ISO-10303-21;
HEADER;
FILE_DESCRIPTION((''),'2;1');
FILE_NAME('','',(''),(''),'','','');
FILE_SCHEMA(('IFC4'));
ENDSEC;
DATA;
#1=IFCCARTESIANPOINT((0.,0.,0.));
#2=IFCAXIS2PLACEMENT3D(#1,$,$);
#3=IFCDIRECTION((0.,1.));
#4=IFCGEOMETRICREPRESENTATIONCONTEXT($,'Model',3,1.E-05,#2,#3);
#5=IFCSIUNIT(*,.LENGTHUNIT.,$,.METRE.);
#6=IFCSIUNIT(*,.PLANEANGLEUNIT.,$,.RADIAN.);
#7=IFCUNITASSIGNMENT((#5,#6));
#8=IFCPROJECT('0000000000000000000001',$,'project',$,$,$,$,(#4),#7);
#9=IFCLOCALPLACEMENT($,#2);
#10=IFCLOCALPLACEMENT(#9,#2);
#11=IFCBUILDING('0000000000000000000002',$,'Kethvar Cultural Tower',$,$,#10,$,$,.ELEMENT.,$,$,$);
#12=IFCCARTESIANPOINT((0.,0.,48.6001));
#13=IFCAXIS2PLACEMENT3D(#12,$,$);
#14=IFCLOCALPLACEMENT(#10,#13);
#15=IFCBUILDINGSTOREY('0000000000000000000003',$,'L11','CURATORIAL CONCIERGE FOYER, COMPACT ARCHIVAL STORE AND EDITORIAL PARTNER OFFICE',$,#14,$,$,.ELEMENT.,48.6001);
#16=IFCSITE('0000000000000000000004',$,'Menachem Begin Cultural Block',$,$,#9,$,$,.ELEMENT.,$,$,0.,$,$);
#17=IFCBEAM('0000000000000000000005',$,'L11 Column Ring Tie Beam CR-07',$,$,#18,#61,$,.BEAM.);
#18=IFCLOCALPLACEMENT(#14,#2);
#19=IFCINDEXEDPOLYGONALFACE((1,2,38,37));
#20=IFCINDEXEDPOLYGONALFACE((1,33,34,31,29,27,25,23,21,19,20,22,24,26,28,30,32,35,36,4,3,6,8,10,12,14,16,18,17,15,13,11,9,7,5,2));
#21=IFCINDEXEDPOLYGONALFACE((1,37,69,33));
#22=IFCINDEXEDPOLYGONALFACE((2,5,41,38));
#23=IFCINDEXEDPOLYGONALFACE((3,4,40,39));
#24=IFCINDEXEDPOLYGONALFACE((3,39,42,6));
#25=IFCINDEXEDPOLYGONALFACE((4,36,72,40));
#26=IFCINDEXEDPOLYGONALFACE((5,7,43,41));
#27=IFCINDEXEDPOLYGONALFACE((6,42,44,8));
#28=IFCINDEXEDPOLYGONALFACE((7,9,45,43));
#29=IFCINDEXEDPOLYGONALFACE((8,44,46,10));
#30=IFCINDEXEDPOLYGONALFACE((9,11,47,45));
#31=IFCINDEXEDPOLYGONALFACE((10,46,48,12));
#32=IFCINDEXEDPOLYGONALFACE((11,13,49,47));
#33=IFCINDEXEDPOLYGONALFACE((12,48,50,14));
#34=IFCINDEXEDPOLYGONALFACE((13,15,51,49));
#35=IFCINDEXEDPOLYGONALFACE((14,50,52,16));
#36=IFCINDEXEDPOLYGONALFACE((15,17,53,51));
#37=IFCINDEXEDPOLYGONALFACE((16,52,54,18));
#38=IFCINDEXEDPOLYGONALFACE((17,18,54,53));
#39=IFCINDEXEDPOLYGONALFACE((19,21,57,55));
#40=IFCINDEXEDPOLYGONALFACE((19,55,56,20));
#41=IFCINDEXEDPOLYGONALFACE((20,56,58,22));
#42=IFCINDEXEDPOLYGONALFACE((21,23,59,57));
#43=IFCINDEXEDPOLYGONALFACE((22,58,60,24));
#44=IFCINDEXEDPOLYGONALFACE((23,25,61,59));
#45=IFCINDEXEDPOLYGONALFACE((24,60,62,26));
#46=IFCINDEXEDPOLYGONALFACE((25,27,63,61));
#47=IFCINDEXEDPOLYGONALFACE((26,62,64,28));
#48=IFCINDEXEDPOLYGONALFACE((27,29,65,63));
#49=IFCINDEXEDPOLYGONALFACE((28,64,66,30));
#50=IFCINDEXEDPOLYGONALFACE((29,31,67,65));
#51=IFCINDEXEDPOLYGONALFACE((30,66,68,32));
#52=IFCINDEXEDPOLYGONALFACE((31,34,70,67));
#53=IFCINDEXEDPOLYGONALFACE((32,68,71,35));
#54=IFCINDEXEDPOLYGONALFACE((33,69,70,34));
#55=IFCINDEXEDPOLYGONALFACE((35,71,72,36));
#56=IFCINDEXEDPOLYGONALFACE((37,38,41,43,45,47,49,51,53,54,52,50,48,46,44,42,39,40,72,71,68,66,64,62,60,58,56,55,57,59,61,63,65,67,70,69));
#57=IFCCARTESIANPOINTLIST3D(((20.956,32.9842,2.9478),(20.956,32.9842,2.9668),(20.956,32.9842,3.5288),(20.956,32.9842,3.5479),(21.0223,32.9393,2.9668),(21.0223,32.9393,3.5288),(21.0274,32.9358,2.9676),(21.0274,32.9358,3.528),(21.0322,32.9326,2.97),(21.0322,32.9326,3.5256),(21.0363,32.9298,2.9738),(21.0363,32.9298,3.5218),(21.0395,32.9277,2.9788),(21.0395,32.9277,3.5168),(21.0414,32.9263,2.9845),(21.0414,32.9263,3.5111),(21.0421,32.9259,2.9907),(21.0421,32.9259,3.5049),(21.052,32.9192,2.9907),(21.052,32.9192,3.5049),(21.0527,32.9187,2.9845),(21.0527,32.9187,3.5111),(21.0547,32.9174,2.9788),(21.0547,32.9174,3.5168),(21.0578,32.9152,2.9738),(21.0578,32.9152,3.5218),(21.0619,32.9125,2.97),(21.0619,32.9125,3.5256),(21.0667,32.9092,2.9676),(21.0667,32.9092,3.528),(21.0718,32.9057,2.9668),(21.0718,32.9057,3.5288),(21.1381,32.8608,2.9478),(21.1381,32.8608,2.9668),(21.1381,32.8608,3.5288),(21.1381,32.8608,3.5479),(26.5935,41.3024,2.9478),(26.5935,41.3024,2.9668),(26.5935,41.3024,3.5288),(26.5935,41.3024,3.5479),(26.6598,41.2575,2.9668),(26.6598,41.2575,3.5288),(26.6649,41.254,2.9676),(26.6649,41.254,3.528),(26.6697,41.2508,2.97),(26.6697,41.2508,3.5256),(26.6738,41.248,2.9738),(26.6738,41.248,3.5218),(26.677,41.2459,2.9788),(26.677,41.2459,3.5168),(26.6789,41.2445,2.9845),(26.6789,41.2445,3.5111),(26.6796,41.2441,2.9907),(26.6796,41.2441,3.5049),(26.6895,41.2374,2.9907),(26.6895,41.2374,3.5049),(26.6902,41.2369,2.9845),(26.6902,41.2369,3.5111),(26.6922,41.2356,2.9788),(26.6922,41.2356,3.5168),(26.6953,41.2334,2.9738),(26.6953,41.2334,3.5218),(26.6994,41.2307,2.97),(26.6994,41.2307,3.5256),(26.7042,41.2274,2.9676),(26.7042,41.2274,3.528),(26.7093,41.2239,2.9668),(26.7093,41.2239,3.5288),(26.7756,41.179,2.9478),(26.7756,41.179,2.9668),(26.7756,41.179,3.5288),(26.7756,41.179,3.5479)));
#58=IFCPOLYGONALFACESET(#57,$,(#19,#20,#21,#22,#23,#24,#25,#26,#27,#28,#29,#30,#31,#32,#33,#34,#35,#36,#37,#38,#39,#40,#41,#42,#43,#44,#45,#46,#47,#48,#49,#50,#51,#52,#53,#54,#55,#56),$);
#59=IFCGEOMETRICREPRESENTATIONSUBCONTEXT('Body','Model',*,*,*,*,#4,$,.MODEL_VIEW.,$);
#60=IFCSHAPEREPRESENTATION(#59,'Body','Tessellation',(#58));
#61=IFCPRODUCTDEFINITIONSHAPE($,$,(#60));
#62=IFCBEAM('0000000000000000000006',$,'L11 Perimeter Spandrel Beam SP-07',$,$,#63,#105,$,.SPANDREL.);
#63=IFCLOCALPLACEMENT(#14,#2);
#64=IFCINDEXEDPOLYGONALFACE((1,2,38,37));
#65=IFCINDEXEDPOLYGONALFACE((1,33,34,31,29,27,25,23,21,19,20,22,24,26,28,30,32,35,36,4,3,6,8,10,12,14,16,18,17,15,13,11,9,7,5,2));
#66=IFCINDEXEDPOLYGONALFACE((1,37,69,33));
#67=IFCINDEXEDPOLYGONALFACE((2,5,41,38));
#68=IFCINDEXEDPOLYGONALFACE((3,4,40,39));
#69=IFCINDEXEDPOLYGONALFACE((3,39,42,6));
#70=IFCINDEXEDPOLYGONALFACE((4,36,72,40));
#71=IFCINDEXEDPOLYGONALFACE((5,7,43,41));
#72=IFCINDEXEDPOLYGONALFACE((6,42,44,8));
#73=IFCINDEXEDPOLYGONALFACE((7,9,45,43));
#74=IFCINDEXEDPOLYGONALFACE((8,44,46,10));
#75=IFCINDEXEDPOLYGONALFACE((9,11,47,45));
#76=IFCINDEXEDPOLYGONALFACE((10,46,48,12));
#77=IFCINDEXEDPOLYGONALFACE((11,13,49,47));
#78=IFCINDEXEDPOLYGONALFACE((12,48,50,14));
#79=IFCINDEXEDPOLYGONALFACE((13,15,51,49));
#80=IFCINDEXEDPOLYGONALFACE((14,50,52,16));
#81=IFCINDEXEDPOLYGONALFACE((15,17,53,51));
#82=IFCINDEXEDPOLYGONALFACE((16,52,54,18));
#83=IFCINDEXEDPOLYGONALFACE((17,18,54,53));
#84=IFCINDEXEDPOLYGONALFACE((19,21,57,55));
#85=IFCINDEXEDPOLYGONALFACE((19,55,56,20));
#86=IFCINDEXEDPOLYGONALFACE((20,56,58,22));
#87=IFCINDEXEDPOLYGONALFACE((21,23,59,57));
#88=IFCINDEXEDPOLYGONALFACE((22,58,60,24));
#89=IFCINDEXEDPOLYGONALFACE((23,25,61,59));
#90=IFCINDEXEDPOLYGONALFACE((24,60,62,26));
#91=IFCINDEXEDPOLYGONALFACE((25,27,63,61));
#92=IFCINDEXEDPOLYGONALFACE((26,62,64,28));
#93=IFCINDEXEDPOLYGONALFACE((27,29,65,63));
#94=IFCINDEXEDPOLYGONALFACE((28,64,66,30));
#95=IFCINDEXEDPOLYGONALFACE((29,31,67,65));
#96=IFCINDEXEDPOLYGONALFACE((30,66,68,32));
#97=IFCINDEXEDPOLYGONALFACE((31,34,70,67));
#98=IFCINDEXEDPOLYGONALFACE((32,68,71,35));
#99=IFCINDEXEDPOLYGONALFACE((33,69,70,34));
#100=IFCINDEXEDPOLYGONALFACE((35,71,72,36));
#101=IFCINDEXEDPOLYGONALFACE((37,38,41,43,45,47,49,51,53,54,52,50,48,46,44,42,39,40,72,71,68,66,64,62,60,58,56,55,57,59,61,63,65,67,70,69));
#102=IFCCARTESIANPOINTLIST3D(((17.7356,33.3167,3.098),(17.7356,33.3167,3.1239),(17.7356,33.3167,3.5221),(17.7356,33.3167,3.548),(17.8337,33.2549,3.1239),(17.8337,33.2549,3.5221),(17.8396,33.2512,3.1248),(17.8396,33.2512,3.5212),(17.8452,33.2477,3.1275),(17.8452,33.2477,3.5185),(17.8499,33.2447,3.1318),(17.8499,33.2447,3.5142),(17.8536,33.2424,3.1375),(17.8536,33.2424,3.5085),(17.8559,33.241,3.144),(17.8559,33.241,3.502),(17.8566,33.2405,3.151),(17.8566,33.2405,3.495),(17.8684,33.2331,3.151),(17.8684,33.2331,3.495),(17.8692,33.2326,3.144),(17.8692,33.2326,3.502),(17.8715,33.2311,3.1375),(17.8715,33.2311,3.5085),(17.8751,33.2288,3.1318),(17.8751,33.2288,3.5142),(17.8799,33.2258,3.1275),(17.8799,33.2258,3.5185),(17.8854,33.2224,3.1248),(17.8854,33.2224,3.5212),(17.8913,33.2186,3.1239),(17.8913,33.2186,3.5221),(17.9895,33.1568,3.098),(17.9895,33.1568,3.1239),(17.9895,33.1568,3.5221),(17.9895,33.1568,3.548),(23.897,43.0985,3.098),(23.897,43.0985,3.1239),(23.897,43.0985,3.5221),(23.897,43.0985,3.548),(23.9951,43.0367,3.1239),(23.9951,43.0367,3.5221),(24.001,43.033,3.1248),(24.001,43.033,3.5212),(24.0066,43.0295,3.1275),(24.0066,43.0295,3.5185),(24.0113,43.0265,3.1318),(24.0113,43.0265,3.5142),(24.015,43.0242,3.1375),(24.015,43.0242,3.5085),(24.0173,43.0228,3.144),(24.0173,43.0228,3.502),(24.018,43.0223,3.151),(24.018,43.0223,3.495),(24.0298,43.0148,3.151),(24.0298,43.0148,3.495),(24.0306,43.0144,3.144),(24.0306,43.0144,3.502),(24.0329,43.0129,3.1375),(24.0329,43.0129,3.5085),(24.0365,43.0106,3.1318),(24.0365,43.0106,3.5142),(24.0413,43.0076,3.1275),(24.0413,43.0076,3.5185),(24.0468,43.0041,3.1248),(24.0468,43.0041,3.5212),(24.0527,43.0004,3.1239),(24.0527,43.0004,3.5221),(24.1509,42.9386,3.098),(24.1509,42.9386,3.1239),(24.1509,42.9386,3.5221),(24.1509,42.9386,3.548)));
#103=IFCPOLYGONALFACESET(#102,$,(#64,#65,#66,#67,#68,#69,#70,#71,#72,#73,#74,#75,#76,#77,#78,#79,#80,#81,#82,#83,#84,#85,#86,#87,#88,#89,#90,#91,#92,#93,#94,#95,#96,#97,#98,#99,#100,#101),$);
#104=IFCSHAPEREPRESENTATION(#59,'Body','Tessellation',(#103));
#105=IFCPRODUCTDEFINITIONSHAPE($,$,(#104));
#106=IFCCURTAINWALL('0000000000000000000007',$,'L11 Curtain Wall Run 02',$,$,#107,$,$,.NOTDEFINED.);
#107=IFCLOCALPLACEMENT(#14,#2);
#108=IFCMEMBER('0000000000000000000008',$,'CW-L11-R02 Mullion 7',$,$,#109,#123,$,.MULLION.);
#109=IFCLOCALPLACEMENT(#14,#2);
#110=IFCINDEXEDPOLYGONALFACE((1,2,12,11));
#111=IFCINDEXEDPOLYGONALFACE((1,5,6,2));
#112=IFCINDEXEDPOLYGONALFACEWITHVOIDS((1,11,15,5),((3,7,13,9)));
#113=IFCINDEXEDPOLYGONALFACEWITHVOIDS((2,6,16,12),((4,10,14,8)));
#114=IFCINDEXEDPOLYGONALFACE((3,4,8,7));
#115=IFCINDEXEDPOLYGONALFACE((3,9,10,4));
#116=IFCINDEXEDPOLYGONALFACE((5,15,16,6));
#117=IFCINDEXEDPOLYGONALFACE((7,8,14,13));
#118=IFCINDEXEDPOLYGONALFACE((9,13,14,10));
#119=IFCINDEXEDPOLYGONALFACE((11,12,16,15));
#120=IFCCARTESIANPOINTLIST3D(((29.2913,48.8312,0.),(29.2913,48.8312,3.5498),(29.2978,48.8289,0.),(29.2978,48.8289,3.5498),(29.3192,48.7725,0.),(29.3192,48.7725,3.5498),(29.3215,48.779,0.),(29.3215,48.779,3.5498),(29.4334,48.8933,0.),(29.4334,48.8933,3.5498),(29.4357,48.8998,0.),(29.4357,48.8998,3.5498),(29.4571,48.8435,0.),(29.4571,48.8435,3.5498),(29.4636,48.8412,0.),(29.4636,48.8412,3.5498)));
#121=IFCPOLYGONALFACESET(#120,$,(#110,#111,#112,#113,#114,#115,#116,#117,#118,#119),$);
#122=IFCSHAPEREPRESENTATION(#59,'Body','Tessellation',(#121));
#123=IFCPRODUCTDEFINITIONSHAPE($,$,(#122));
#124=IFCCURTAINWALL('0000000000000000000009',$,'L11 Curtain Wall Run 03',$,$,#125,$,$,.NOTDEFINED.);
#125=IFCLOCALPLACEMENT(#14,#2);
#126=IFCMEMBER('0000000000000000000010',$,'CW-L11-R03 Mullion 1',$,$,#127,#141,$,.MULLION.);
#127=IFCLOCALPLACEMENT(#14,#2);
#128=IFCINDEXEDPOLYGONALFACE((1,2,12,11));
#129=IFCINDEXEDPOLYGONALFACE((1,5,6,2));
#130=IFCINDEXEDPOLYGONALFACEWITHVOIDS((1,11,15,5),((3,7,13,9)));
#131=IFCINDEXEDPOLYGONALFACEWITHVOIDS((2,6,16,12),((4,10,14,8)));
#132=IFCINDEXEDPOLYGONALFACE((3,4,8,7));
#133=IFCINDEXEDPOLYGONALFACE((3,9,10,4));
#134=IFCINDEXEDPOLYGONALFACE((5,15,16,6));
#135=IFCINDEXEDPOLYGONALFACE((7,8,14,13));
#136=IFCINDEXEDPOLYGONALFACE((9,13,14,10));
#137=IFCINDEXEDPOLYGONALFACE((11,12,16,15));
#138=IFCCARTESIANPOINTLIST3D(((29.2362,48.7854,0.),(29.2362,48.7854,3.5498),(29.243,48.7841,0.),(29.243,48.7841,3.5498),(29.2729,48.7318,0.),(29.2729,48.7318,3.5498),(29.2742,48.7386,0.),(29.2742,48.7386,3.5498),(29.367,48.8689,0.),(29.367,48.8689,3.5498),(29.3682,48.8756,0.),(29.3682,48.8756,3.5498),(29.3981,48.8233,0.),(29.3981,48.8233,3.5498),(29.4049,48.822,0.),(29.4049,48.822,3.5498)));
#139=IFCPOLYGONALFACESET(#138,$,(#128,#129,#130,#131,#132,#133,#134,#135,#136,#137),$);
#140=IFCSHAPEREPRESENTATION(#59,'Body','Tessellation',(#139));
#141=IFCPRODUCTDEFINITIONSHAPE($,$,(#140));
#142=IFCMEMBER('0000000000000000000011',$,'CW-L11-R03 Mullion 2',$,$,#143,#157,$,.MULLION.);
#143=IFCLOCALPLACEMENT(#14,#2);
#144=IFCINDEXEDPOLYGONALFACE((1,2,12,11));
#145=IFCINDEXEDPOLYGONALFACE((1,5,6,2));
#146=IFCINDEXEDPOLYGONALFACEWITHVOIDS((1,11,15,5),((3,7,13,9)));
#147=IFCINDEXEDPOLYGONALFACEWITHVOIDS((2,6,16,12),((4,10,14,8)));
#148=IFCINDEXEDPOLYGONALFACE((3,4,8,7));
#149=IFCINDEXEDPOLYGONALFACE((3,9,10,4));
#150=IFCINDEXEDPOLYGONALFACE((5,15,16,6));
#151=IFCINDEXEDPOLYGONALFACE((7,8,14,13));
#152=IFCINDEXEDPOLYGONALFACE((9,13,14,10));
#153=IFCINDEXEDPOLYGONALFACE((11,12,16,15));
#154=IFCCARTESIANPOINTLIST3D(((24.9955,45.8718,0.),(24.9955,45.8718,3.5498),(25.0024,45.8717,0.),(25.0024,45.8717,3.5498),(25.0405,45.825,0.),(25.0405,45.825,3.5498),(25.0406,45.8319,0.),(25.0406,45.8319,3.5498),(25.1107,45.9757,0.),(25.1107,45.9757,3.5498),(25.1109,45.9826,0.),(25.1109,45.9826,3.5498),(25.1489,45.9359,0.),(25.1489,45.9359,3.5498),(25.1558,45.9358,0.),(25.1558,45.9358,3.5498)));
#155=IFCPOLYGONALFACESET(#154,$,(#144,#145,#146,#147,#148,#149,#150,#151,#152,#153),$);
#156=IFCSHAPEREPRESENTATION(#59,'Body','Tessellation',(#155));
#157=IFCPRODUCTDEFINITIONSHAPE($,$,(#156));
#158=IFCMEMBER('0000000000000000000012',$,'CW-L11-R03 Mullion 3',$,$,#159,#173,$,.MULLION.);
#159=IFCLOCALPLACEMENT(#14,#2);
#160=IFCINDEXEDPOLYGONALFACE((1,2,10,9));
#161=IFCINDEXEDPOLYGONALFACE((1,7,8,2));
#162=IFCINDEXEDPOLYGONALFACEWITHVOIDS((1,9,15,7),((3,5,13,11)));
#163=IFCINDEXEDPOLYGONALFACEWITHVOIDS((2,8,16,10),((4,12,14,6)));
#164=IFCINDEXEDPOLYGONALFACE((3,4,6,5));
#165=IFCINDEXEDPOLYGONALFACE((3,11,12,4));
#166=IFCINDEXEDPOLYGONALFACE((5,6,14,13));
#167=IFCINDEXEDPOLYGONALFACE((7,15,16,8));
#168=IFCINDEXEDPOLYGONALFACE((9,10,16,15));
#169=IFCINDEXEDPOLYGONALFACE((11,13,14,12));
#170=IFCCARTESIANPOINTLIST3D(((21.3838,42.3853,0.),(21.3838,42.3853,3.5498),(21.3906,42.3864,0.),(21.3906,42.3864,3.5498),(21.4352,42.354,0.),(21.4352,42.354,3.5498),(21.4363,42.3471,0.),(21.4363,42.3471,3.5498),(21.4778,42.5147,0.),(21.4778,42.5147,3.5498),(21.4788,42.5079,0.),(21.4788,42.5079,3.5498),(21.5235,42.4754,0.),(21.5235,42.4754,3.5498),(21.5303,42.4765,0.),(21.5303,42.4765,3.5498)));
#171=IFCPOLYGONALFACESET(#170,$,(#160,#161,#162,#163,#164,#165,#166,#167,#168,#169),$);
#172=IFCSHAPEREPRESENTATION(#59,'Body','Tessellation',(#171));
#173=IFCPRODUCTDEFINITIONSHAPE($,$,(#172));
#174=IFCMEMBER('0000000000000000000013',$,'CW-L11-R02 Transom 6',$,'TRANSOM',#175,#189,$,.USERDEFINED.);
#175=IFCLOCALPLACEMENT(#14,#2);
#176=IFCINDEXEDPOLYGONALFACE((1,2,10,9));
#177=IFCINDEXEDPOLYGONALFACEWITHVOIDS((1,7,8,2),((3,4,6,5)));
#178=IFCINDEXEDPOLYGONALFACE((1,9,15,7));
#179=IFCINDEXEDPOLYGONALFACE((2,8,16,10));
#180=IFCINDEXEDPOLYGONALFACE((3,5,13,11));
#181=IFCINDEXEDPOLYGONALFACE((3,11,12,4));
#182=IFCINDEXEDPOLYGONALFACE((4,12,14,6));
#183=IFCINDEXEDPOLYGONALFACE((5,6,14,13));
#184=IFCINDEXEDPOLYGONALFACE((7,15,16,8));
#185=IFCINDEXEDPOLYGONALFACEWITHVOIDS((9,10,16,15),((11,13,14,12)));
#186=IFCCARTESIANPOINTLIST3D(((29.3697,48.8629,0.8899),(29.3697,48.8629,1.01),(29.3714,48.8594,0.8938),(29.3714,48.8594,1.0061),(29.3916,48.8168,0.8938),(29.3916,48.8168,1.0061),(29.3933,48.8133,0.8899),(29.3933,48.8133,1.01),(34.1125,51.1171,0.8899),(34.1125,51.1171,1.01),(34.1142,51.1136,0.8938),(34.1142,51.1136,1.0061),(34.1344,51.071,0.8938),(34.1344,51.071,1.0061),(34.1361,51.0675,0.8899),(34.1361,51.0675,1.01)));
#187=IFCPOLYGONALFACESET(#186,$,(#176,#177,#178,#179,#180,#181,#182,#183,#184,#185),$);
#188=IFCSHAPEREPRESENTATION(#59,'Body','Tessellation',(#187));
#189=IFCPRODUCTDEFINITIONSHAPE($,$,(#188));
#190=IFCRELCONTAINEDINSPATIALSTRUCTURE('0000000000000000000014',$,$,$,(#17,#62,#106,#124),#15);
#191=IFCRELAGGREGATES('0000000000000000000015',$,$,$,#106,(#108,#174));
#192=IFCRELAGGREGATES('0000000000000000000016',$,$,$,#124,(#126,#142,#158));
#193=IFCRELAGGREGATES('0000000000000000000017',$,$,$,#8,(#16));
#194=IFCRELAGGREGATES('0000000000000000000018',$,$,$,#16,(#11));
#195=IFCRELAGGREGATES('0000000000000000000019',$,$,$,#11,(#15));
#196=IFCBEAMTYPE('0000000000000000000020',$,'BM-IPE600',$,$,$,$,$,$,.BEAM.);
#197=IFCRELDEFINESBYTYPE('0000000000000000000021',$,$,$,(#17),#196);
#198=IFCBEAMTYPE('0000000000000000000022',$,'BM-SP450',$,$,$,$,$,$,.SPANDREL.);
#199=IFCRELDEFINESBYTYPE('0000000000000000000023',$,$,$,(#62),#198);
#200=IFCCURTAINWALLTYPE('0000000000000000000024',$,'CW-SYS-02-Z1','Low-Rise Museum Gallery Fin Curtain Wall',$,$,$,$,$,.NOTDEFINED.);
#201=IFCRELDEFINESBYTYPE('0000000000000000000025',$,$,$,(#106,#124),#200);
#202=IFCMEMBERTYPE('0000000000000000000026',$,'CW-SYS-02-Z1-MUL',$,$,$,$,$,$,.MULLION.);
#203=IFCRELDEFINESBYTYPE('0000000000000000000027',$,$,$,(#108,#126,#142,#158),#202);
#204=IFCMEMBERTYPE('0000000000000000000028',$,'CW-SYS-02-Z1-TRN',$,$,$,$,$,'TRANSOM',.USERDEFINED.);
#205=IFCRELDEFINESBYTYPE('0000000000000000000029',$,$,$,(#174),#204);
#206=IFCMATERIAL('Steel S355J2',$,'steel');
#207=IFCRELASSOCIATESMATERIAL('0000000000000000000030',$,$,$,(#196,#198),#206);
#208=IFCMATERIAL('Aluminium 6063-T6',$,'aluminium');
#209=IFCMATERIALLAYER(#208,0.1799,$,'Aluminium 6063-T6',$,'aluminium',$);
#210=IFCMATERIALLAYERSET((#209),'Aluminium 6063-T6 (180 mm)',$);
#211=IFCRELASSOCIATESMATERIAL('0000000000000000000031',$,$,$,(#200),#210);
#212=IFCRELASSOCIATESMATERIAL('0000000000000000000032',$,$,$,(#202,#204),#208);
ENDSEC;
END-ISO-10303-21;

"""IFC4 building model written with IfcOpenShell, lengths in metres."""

from ifc_helpers import new_model, si_unit, direction, frame, origin, origin_2d, place, context, subcontext, project, spatial, hollow_rectangle, i_section, extrude, source, transform, mapped, material, layer, layer_set, material_profile, profile_set, type_object, element, aggregate, save


model = new_model("IFC4")

# Units and contexts
model_context = context("Model", 3, precision=1e-05, world=origin(), true_north=direction((0.0, 1.0)))
body_context = subcontext(model_context, "Body", "Model", "MODEL_VIEW")
ifc_project = project(units=[si_unit("LENGTHUNIT", "METRE"), si_unit("PLANEANGLEUNIT", "RADIAN")], contexts=[model_context])

# Site, building, storey
site_placement = place(None, origin())
site = spatial("IfcSite", under=ifc_project, at=site_placement, Name="Menachem Begin Cultural Block", CompositionType="ELEMENT", RefElevation=0.0)
building_placement = place(site_placement, origin())
building = spatial("IfcBuilding", under=site, at=building_placement, Name="Kethvar Cultural Tower", CompositionType="ELEMENT")
storey_placement = place(building_placement, frame((0.0, 0.0, 48.6001)))
storey = spatial("IfcBuildingStorey", under=building, at=storey_placement, Name="L11", Description="CURATORIAL CONCIERGE FOYER, COMPACT ARCHIVAL STORE AND EDITORIAL PARTNER OFFICE", CompositionType="ELEMENT", Elevation=48.6001)

# Beams
ifc_material_1 = material(Name="Steel S355J2", Category="steel")
ifc_material_profile_1 = material_profile(ifc_material_1, i_section(OverallWidth=0.22, OverallDepth=0.6001, WebThickness=0.012, FlangeThickness=0.019, FilletRadius=0.0239, at=origin_2d()), Name="Steel S355J2 — IPE600")
ifc_profile_set_1 = profile_set([ifc_material_profile_1], Name="Steel S355J2 — IPE600")
beam_type_1 = type_object("IfcBeamType", Name="BM-IPE600", PredefinedType="BEAM", material=ifc_profile_set_1)
ifc_material_profile_2 = material_profile(ifc_material_1, i_section(OverallWidth=0.3, OverallDepth=0.45, WebThickness=0.0139, FlangeThickness=0.0259, FilletRadius=0.0271, at=origin_2d()), Name="Steel S355J2 — HEB450")
ifc_profile_set_2 = profile_set([ifc_material_profile_2], Name="Steel S355J2 — HEB450")
beam_type_2 = type_object("IfcBeamType", Name="BM-SP450", PredefinedType="SPANDREL", material=ifc_profile_set_2)
shared_shape_1 = source(origin(), body_context, "Body", "SweptSolid", [
    extrude(i_section(OverallWidth=0.22, OverallDepth=0.6001, WebThickness=0.012, FlangeThickness=0.019, FilletRadius=0.0239, at=origin_2d()), origin(), (0.0, 0.0, 1.0), 10.0486),
])
beam_1_placement = place(storey_placement, frame((26.6846, 41.2407, 3.2478), z_axis=(-0.561025, -0.827799, 0.0), x_axis=(0.827799, -0.561025, 0.0)))
element("IfcBeam", 1, at=beam_1_placement, inside=storey, type_object=beam_type_1, Name="L11 Column Ring Tie Beam CR-07", PredefinedType="BEAM", context=body_context, shape_type="MappedRepresentation", body=[
    mapped(shared_shape_1, transform((0.0, 0.0, 0.0), scale=1.0)),
])
shared_shape_2 = source(origin(), body_context, "Body", "SweptSolid", [
    extrude(i_section(OverallWidth=0.3, OverallDepth=0.45, WebThickness=0.0139, FlangeThickness=0.0259, FilletRadius=0.0271, at=origin_2d()), origin(), (0.0, 0.0, 1.0), 11.5605),
])
beam_2_placement = place(storey_placement, frame((24.0239, 43.0186, 3.323), z_axis=(-0.532968, -0.846135, 0.0), x_axis=(0.846135, -0.532968, 0.0)))
element("IfcBeam", 2, at=beam_2_placement, inside=storey, type_object=beam_type_2, Name="L11 Perimeter Spandrel Beam SP-07", PredefinedType="SPANDREL", context=body_context, shape_type="MappedRepresentation", body=[
    mapped(shared_shape_2, transform((0.0, 0.0, 0.0), scale=1.0)),
])

# Curtain wall, member
ifc_material_2 = material(Name="Aluminium 6063-T6", Category="aluminium")
ifc_layer_1 = layer(ifc_material_2, 0.1799, Name="Aluminium 6063-T6", Category="aluminium")
ifc_layer_set_1 = layer_set([ifc_layer_1], Name="Aluminium 6063-T6 (180 mm)")
curtain_wall_type = type_object("IfcCurtainWallType", Name="CW-SYS-02-Z1", Description="Low-Rise Museum Gallery Fin Curtain Wall", PredefinedType="NOTDEFINED", material=ifc_layer_set_1)
curtain_wall_1_placement = place(storey_placement, origin())
curtain_wall_1 = element("IfcCurtainWall", 3, at=curtain_wall_1_placement, inside=storey, type_object=curtain_wall_type, Name="L11 Curtain Wall Run 02", PredefinedType="NOTDEFINED")
ifc_material_profile_3 = material_profile(ifc_material_2, hollow_rectangle(XDim=0.0649, YDim=0.1599, WallThickness=0.0049, at=origin_2d()), Name="Aluminium 6063-T6 — RHS160x65x5")
ifc_profile_set_3 = profile_set([ifc_material_profile_3], Name="Aluminium 6063-T6 — RHS160x65x5")
member_type_1 = type_object("IfcMemberType", Name="CW-SYS-02-Z1-MUL", PredefinedType="MULLION", material=ifc_profile_set_3)
shared_shape_3 = source(origin(), body_context, "Body", "SweptSolid", [
    extrude(hollow_rectangle(XDim=0.0649, YDim=0.1599, WallThickness=0.0049, at=origin_2d()), origin(), (0.0, 0.0, 1.0), 3.5498),
])
member_1_placement = place(storey_placement, frame((29.3774, 48.8362, 0.0), z_axis=(0.0, 0.0, 1.0), x_axis=(0.429266, -0.903178, 0.0)))
member_1 = element("IfcMember", 4, at=member_1_placement, type_object=member_type_1, Name="CW-L11-R02 Mullion 7", PredefinedType="MULLION", context=body_context, shape_type="MappedRepresentation", body=[
    mapped(shared_shape_3, transform((0.0, 0.0, 0.0), scale=1.0)),
])

# Curtain wall, members
curtain_wall_2_placement = place(storey_placement, origin())
curtain_wall_2 = element("IfcCurtainWall", 5, at=curtain_wall_2_placement, inside=storey, type_object=curtain_wall_type, Name="L11 Curtain Wall Run 03", PredefinedType="NOTDEFINED")
member_2_placement = place(storey_placement, frame((29.3206, 48.8037, 0.0), z_axis=(0.0, 0.0, 1.0), x_axis=(0.564348, -0.825537, 0.0)))
member_2 = element("IfcMember", 6, at=member_2_placement, type_object=member_type_1, Name="CW-L11-R03 Mullion 1", PredefinedType="MULLION", context=body_context, shape_type="MappedRepresentation", body=[
    mapped(shared_shape_3, transform((0.0, 0.0, 0.0), scale=1.0)),
])
member_3_placement = place(storey_placement, frame((25.0757, 45.9038, 0.0), z_axis=(0.0, 0.0, 1.0), x_axis=(0.692685, -0.721241, 0.0)))
member_3 = element("IfcMember", 7, at=member_3_placement, type_object=member_type_1, Name="CW-L11-R03 Mullion 2", PredefinedType="MULLION", context=body_context, shape_type="MappedRepresentation", body=[
    mapped(shared_shape_3, transform((0.0, 0.0, 0.0), scale=1.0)),
])
member_4_placement = place(storey_placement, frame((21.457, 42.4309, 0.0), z_axis=(0.0, 0.0, 1.0), x_axis=(0.808996, -0.587813, 0.0)))
member_4 = element("IfcMember", 8, at=member_4_placement, type_object=member_type_1, Name="CW-L11-R03 Mullion 3", PredefinedType="MULLION", context=body_context, shape_type="MappedRepresentation", body=[
    mapped(shared_shape_3, transform((0.0, 0.0, 0.0), scale=1.0)),
])

# Member
ifc_material_profile_4 = material_profile(ifc_material_2, hollow_rectangle(XDim=0.0549, YDim=0.1201, WallThickness=0.0039, at=origin_2d()), Name="Aluminium 6063-T6 — RHS120x55x4")
ifc_profile_set_4 = profile_set([ifc_material_profile_4], Name="Aluminium 6063-T6 — RHS120x55x4")
member_type_2 = type_object("IfcMemberType", Name="CW-SYS-02-Z1-TRN", ElementType="TRANSOM", PredefinedType="USERDEFINED", material=ifc_profile_set_4)
shared_shape_4 = source(origin(), body_context, "Body", "SweptSolid", [
    extrude(hollow_rectangle(XDim=0.0549, YDim=0.1201, WallThickness=0.0039, at=origin_2d()), origin(), (0.0, 0.0, 1.0), 5.2512),
])
member_5_placement = place(storey_placement, frame((34.1243, 51.0923, 0.95), z_axis=(-0.903176, -0.429271, 0.0), x_axis=(0.429271, -0.903176, 0.0)))
member_5 = element("IfcMember", 9, at=member_5_placement, type_object=member_type_2, Name="CW-L11-R02 Transom 6", ObjectType="TRANSOM", PredefinedType="USERDEFINED", context=body_context, shape_type="MappedRepresentation", body=[
    mapped(shared_shape_4, transform((0.0, 0.0, 0.0), scale=1.0)),
])

aggregate(curtain_wall_1, [member_1, member_5])
aggregate(curtain_wall_2, [member_2, member_3, member_4])

save(model, "model.ifc")
